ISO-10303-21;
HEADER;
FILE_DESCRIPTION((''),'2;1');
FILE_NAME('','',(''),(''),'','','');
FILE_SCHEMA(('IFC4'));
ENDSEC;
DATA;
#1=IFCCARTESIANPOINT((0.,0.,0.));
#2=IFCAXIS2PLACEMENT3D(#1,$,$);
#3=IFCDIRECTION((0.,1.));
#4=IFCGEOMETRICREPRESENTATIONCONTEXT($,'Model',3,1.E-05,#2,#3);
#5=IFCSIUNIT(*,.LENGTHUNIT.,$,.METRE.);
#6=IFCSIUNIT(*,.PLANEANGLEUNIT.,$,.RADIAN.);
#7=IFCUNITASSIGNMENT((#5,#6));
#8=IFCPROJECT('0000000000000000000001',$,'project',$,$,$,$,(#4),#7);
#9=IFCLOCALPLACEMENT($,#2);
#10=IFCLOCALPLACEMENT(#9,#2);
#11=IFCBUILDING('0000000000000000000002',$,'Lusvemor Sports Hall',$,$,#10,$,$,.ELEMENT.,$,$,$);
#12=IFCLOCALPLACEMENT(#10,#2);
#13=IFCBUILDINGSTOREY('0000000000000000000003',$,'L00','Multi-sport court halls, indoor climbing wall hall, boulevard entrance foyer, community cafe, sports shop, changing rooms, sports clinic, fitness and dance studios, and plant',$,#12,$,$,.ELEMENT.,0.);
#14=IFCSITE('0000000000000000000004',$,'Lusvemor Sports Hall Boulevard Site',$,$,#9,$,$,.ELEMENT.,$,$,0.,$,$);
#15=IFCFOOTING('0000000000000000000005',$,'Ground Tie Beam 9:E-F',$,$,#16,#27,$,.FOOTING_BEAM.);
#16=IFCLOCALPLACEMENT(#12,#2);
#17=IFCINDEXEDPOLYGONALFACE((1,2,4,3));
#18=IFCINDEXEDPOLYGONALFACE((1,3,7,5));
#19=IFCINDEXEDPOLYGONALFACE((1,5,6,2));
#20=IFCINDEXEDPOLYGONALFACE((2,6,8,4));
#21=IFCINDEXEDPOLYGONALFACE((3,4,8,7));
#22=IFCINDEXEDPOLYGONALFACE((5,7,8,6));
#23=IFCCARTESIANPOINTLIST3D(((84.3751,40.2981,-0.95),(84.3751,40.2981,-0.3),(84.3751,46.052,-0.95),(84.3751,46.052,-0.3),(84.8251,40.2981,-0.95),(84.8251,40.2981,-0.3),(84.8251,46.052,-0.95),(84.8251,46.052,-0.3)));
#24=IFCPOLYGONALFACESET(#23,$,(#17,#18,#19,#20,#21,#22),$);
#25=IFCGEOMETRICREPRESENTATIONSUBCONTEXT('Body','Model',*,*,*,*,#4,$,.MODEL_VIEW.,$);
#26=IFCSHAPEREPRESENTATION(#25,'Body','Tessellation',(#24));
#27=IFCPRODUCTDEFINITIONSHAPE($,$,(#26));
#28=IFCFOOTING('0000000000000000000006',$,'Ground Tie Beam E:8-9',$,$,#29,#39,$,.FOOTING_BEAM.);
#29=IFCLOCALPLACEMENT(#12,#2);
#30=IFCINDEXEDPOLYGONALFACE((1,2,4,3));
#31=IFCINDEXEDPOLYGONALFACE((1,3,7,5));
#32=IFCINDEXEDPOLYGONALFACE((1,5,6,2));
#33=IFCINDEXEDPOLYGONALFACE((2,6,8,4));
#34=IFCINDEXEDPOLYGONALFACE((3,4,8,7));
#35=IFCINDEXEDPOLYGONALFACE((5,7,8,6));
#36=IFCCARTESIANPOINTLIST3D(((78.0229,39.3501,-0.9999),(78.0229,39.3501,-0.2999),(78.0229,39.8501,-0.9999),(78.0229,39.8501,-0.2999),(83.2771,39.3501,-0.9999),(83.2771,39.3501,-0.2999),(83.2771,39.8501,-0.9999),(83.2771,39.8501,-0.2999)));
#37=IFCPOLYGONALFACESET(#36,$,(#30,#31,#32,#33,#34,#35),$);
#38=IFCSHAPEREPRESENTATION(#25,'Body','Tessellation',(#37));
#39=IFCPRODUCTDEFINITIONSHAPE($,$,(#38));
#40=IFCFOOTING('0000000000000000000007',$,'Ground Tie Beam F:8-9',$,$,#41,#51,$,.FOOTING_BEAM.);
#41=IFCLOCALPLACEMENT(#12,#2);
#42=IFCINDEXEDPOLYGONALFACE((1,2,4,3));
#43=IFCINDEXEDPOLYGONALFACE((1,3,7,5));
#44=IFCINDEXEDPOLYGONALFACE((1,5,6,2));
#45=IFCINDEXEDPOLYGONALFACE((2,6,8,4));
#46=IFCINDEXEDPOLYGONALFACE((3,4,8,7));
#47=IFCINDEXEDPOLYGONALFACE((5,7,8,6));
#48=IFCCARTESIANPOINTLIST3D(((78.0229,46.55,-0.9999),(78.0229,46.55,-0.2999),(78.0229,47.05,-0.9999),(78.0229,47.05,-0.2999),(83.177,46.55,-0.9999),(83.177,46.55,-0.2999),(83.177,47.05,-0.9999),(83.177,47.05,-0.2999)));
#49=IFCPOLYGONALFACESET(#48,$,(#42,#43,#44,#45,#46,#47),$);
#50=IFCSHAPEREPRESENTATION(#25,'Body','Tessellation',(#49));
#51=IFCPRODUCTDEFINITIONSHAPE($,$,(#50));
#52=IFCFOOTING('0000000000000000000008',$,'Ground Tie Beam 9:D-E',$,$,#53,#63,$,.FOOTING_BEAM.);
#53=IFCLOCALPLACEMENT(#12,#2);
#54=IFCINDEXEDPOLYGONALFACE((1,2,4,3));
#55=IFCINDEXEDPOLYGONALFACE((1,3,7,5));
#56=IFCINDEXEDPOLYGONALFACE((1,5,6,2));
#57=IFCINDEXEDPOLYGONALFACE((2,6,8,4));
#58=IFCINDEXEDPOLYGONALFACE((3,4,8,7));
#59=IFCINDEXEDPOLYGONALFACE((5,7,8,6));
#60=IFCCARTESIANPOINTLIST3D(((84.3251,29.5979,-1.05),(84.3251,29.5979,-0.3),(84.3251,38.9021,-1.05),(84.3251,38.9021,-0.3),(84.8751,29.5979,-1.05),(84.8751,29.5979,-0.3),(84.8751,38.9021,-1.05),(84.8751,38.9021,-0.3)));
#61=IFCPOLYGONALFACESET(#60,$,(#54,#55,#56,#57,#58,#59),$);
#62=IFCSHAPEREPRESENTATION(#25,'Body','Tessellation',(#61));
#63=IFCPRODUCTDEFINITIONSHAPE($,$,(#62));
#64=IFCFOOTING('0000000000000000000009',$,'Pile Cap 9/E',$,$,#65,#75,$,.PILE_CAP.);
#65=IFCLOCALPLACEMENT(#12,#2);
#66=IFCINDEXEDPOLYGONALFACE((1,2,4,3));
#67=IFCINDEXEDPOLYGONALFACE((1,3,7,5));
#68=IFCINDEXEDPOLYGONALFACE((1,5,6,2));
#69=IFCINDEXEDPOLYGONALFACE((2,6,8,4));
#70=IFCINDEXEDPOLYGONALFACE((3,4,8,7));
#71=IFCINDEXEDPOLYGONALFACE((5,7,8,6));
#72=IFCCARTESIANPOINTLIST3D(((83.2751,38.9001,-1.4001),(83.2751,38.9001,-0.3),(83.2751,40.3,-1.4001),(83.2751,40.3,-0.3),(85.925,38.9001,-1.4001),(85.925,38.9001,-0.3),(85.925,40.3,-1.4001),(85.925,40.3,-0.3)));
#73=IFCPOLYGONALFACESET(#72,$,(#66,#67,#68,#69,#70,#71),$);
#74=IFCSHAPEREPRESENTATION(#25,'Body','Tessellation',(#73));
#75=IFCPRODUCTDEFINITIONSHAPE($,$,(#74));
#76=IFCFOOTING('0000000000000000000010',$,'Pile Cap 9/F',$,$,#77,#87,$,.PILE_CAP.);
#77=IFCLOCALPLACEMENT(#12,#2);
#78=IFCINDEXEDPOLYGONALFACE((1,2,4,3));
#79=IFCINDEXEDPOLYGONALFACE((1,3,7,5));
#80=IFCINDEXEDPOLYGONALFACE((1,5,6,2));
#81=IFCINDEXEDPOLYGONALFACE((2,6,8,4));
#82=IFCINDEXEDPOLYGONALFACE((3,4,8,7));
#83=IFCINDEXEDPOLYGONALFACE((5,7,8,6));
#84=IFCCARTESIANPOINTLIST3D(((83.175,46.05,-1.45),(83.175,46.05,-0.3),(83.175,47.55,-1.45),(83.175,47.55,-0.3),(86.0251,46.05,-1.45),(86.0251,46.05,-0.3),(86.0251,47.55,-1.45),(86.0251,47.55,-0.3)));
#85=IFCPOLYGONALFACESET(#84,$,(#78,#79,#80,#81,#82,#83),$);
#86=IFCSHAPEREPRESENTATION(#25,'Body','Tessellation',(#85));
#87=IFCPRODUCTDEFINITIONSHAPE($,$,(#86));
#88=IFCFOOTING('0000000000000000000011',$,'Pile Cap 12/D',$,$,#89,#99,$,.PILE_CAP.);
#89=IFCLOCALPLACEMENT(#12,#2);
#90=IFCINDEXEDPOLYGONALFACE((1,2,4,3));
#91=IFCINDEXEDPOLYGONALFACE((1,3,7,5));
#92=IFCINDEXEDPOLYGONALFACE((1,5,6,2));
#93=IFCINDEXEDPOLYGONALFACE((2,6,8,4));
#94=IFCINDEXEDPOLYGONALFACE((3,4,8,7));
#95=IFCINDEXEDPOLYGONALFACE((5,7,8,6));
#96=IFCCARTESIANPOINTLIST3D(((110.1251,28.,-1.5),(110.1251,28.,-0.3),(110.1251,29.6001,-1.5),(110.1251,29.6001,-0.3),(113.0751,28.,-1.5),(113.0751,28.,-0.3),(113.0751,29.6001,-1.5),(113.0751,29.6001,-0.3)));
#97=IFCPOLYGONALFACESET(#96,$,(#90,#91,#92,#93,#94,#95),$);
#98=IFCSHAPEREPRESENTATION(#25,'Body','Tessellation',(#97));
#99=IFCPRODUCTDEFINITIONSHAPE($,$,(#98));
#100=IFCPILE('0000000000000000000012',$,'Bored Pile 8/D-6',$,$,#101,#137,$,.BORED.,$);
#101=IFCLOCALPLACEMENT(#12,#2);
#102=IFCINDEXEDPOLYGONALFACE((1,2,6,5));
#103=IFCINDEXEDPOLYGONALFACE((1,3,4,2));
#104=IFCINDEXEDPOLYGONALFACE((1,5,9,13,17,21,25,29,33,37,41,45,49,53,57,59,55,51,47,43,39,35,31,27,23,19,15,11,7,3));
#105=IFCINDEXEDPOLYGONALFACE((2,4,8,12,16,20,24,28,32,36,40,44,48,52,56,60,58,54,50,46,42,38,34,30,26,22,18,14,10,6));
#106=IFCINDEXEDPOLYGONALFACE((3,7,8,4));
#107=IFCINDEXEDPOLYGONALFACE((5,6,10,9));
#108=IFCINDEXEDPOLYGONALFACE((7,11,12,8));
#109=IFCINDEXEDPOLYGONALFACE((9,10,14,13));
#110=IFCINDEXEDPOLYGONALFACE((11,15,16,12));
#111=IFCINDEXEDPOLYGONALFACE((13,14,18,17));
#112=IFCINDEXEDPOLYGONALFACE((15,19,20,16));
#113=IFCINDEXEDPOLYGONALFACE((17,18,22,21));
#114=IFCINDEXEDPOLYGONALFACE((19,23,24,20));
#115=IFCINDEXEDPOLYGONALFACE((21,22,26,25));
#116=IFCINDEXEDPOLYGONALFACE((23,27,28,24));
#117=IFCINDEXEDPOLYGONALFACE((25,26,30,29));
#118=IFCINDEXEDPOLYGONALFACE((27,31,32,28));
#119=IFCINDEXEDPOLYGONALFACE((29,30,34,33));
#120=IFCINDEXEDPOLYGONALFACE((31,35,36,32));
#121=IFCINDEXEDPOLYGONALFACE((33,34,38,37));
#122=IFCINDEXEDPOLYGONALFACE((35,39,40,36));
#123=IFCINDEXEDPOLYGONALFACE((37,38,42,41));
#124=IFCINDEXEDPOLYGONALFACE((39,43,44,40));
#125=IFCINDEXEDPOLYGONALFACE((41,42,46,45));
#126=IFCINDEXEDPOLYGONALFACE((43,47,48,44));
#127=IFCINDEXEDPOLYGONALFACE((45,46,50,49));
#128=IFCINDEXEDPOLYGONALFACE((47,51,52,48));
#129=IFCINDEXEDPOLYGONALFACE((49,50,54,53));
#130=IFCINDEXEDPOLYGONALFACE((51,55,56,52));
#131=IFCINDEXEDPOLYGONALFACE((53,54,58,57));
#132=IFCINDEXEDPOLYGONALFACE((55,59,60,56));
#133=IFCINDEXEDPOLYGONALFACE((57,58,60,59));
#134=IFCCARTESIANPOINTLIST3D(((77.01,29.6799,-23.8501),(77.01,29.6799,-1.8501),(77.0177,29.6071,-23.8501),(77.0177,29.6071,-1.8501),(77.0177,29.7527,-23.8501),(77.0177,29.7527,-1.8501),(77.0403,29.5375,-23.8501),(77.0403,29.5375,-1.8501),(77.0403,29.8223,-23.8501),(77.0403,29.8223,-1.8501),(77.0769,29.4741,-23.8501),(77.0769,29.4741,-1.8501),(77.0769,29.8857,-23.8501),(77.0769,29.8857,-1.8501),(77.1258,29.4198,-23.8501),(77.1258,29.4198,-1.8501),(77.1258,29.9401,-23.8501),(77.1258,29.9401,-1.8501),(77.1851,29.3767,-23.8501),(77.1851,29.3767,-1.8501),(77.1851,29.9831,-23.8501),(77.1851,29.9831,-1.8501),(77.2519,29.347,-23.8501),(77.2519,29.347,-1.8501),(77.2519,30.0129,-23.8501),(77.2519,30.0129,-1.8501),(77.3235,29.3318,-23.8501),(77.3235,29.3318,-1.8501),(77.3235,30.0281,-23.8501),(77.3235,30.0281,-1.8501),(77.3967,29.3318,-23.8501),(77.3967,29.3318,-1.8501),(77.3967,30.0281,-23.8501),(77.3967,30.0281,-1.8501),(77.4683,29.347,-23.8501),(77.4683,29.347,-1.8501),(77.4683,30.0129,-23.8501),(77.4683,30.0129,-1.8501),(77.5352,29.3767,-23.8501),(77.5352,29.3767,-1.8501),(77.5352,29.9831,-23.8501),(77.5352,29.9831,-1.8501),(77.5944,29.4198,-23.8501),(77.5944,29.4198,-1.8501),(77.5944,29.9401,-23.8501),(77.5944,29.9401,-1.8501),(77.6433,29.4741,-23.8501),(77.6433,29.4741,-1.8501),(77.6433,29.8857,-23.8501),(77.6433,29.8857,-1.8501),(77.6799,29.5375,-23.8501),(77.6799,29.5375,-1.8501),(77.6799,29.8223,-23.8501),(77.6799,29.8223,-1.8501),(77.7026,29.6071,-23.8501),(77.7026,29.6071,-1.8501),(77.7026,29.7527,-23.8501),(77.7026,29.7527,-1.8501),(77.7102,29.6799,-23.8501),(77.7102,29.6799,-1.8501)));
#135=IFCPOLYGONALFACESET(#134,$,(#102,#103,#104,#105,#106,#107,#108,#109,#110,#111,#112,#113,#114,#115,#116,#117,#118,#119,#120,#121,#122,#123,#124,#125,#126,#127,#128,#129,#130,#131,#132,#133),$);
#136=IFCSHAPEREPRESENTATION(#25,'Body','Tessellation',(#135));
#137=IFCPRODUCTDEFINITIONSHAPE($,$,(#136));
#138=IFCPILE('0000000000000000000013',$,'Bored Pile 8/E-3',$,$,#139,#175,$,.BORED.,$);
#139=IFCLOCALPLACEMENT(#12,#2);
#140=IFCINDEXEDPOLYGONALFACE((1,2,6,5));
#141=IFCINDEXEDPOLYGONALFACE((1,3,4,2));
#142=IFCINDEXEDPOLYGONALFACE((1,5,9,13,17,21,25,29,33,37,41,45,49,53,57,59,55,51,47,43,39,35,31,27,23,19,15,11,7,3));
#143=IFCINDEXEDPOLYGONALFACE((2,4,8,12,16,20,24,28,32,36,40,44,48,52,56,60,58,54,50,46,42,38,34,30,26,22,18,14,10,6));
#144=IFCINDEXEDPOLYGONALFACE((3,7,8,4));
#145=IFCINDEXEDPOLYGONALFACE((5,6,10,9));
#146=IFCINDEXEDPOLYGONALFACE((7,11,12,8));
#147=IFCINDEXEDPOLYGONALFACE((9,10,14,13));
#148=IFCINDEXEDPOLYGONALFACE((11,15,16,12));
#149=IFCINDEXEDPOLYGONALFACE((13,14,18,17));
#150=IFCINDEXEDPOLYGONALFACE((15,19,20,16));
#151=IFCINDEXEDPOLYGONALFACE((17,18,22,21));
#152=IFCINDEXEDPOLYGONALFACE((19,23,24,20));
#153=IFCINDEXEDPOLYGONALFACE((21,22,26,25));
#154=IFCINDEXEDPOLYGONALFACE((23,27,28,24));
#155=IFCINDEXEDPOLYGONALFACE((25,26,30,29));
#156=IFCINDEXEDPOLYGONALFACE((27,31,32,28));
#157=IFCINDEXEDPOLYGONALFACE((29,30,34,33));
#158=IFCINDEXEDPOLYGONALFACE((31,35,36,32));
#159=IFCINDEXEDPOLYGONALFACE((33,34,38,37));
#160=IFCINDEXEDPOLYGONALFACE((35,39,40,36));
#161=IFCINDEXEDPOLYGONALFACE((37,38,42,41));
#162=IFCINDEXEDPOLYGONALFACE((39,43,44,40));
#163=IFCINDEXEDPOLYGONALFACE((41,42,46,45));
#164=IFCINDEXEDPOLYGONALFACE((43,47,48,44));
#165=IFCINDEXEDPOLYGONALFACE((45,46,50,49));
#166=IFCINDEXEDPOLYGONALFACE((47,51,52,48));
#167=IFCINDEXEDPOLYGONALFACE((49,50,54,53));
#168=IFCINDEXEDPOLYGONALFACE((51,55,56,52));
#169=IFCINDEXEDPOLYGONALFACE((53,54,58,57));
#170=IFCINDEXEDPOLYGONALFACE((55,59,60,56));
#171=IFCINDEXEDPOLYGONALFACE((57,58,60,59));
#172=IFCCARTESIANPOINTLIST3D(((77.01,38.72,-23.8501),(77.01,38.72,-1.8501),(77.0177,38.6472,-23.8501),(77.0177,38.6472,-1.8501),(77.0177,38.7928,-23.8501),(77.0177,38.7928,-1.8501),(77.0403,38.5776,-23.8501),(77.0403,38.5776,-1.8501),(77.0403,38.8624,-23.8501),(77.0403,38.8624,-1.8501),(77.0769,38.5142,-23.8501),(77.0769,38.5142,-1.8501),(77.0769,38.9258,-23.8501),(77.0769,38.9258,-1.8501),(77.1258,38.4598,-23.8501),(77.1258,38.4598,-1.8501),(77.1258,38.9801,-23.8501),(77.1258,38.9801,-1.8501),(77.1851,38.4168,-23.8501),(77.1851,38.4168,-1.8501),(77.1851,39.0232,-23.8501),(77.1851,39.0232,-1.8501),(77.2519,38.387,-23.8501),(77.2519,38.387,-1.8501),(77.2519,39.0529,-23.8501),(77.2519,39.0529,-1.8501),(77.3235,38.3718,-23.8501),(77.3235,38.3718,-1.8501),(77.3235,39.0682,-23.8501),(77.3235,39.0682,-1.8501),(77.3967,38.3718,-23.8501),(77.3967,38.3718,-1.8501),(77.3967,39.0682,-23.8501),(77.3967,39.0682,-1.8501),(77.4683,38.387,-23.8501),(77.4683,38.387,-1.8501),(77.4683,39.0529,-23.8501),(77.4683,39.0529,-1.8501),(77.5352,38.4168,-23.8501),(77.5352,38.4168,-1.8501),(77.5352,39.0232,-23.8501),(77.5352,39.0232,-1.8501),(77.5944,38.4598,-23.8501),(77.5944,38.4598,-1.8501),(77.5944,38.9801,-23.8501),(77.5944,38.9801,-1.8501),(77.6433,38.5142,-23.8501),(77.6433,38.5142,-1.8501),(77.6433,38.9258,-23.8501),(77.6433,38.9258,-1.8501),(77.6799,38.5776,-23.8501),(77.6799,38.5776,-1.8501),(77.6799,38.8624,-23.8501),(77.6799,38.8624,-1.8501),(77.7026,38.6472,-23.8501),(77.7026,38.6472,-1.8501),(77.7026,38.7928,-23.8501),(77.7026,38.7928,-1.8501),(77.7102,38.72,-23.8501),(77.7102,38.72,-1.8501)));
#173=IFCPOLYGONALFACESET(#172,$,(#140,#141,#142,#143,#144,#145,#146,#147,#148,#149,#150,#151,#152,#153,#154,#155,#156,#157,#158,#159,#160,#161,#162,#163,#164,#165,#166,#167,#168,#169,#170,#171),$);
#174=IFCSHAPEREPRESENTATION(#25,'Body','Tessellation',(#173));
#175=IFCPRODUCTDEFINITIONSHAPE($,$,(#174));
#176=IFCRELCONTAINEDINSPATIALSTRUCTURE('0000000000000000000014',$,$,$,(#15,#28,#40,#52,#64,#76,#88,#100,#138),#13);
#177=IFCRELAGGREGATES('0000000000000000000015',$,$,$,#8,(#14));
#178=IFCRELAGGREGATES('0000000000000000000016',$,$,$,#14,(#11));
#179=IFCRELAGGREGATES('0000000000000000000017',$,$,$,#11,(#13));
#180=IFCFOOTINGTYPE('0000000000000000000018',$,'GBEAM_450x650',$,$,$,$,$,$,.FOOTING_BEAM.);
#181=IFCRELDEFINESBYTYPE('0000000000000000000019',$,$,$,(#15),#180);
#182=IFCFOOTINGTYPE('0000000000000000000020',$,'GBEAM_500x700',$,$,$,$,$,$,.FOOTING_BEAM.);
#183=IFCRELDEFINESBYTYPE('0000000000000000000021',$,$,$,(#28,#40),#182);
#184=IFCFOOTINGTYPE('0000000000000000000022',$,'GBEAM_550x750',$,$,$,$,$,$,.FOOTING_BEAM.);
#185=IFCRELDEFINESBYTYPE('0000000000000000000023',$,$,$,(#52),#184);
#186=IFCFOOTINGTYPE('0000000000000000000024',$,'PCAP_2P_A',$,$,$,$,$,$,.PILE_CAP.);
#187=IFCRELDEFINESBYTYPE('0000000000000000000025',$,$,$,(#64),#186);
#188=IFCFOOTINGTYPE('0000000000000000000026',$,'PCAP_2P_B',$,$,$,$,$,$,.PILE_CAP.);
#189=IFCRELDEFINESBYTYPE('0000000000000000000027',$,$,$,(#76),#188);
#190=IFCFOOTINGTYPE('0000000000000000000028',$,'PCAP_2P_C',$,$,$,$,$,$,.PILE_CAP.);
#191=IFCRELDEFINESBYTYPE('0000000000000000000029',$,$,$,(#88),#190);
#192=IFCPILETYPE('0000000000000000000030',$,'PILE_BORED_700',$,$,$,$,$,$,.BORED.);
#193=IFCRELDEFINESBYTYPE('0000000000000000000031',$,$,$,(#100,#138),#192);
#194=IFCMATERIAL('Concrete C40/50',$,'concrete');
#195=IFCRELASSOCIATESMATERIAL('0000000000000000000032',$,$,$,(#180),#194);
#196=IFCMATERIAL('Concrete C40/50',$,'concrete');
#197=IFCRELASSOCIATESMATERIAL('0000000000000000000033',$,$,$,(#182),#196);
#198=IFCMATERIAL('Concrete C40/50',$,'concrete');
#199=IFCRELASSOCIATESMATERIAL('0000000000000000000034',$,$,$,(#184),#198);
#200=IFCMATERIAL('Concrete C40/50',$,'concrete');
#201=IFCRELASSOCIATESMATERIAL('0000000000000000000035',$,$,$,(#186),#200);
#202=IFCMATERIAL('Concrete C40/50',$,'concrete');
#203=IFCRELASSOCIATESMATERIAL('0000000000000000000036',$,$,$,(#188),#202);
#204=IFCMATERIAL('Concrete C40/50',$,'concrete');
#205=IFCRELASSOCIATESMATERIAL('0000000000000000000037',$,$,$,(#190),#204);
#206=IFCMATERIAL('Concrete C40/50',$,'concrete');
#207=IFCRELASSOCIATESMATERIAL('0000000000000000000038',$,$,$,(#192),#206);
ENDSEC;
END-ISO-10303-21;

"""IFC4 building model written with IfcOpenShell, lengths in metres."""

from ifc_helpers import new_model, si_unit, direction, frame, origin, origin_2d, place, context, subcontext, project, spatial, rectangle, circle, extrude, material, material_profile, profile_set, type_object, element, save


model = new_model("IFC4")

# Units and contexts
model_context = context("Model", 3, precision=1e-05, world=origin(), true_north=direction((0.0, 1.0)))
body_context = subcontext(model_context, "Body", "Model", "MODEL_VIEW")
ifc_project = project(units=[si_unit("LENGTHUNIT", "METRE"), si_unit("PLANEANGLEUNIT", "RADIAN")], contexts=[model_context])

# Site, building, storey
site_placement = place(None, origin())
site = spatial("IfcSite", under=ifc_project, at=site_placement, Name="Lusvemor Sports Hall Boulevard Site", CompositionType="ELEMENT", RefElevation=0.0)
building_placement = place(site_placement, origin())
building = spatial("IfcBuilding", under=site, at=building_placement, Name="Lusvemor Sports Hall", CompositionType="ELEMENT")
storey_placement = place(building_placement, origin())
storey = spatial("IfcBuildingStorey", under=building, at=storey_placement, Name="L00", Description="Multi-sport court halls, indoor climbing wall hall, boulevard entrance foyer, community cafe, sports shop, changing rooms, sports clinic, fitness and dance studios, and plant", CompositionType="ELEMENT", Elevation=0.0)

# Footings
ifc_material_1 = material(Name="Concrete C40/50", Category="concrete")
ifc_material_profile_1 = material_profile(ifc_material_1, rectangle(XDim=0.45, YDim=0.6499, at=origin_2d()), Name="GB_450x650")
ifc_profile_set_1 = profile_set([ifc_material_profile_1], Name="Concrete C40/50")
footing_type_1 = type_object("IfcFootingType", Name="GBEAM_450x650", PredefinedType="FOOTING_BEAM", material=ifc_profile_set_1)
footing_1_placement = place(storey_placement, frame((84.6001, 40.2981, -0.625), z_axis=(0.0, 1.0, 0.0), x_axis=(-1.0, 0.0, 0.0)))
element("IfcFooting", 1, at=footing_1_placement, inside=storey, type_object=footing_type_1, Name="Ground Tie Beam 9:E-F", PredefinedType="FOOTING_BEAM", context=body_context, shape_type="SweptSolid", body=[
    extrude(rectangle(XDim=0.45, YDim=0.6499, at=origin_2d()), origin(), (0.0, 0.0, 1.0), 5.7539),
])
ifc_material_2 = material(Name="Concrete C40/50", Category="concrete")
ifc_material_profile_2 = material_profile(ifc_material_2, rectangle(XDim=0.5, YDim=0.7, at=origin_2d()), Name="GB_500x700")
ifc_profile_set_2 = profile_set([ifc_material_profile_2], Name="Concrete C40/50")
footing_type_2 = type_object("IfcFootingType", Name="GBEAM_500x700", PredefinedType="FOOTING_BEAM", material=ifc_profile_set_2)
footing_2_placement = place(storey_placement, frame((78.0229, 39.6001, -0.6499), z_axis=(1.0, 0.0, 0.0), x_axis=(0.0, 1.0, 0.0)))
element("IfcFooting", 2, at=footing_2_placement, inside=storey, type_object=footing_type_2, Name="Ground Tie Beam E:8-9", PredefinedType="FOOTING_BEAM", context=body_context, shape_type="SweptSolid", body=[
    extrude(rectangle(XDim=0.5, YDim=0.7, at=origin_2d()), origin(), (0.0, 0.0, 1.0), 5.2542),
])
footing_3_placement = place(storey_placement, frame((78.0229, 46.8, -0.6499), z_axis=(1.0, 0.0, 0.0), x_axis=(0.0, 1.0, 0.0)))
element("IfcFooting", 3, at=footing_3_placement, inside=storey, type_object=footing_type_2, Name="Ground Tie Beam F:8-9", PredefinedType="FOOTING_BEAM", context=body_context, shape_type="SweptSolid", body=[
    extrude(rectangle(XDim=0.5, YDim=0.7, at=origin_2d()), origin(), (0.0, 0.0, 1.0), 5.1541),
])
ifc_material_3 = material(Name="Concrete C40/50", Category="concrete")
ifc_material_profile_3 = material_profile(ifc_material_3, rectangle(XDim=0.55, YDim=0.75, at=origin_2d()), Name="GB_550x750")
ifc_profile_set_3 = profile_set([ifc_material_profile_3], Name="Concrete C40/50")
footing_type_3 = type_object("IfcFootingType", Name="GBEAM_550x750", PredefinedType="FOOTING_BEAM", material=ifc_profile_set_3)
footing_4_placement = place(storey_placement, frame((84.6001, 29.5979, -0.675), z_axis=(0.0, 1.0, 0.0), x_axis=(-1.0, 0.0, 0.0)))
element("IfcFooting", 4, at=footing_4_placement, inside=storey, type_object=footing_type_3, Name="Ground Tie Beam 9:D-E", PredefinedType="FOOTING_BEAM", context=body_context, shape_type="SweptSolid", body=[
    extrude(rectangle(XDim=0.55, YDim=0.75, at=origin_2d()), origin(), (0.0, 0.0, 1.0), 9.3042),
])
ifc_material_4 = material(Name="Concrete C40/50", Category="concrete")
footing_type_4 = type_object("IfcFootingType", Name="PCAP_2P_A", PredefinedType="PILE_CAP", material=ifc_material_4)
footing_5_placement = place(storey_placement, frame((84.6001, 39.6001, -1.4001), z_axis=(0.0, 0.0, 1.0), x_axis=(1.0, 0.0, 0.0)))
element("IfcFooting", 5, at=footing_5_placement, inside=storey, type_object=footing_type_4, Name="Pile Cap 9/E", PredefinedType="PILE_CAP", context=body_context, shape_type="SweptSolid", body=[
    extrude(rectangle(XDim=2.6499, YDim=1.3999, at=origin_2d()), origin(), (0.0, 0.0, 1.0), 1.1001),
])
ifc_material_5 = material(Name="Concrete C40/50", Category="concrete")
footing_type_5 = type_object("IfcFootingType", Name="PCAP_2P_B", PredefinedType="PILE_CAP", material=ifc_material_5)
footing_6_placement = place(storey_placement, frame((84.6001, 46.8, -1.45), z_axis=(0.0, 0.0, 1.0), x_axis=(1.0, 0.0, 0.0)))
element("IfcFooting", 6, at=footing_6_placement, inside=storey, type_object=footing_type_5, Name="Pile Cap 9/F", PredefinedType="PILE_CAP", context=body_context, shape_type="SweptSolid", body=[
    extrude(rectangle(XDim=2.8501, YDim=1.5, at=origin_2d()), origin(), (0.0, 0.0, 1.0), 1.1499),
])
ifc_material_6 = material(Name="Concrete C40/50", Category="concrete")
footing_type_6 = type_object("IfcFootingType", Name="PCAP_2P_C", PredefinedType="PILE_CAP", material=ifc_material_6)
footing_7_placement = place(storey_placement, frame((111.6001, 28.8, -1.5), z_axis=(0.0, 0.0, 1.0), x_axis=(1.0, 0.0, 0.0)))
element("IfcFooting", 7, at=footing_7_placement, inside=storey, type_object=footing_type_6, Name="Pile Cap 12/D", PredefinedType="PILE_CAP", context=body_context, shape_type="SweptSolid", body=[
    extrude(rectangle(XDim=2.95, YDim=1.6001, at=origin_2d()), origin(), (0.0, 0.0, 1.0), 1.2),
])

# Piles
ifc_material_7 = material(Name="Concrete C40/50", Category="concrete")
ifc_material_profile_4 = material_profile(ifc_material_7, circle(Radius=0.3501, at=origin_2d()), Name="PILE700")
ifc_profile_set_4 = profile_set([ifc_material_profile_4], Name="Concrete C40/50")
pile_type = type_object("IfcPileType", Name="PILE_BORED_700", PredefinedType="BORED", material=ifc_profile_set_4)
for number, where, z_axis, x_axis, name in (
    (8, (77.3601, 29.6799, -1.8501), (0.0, 0.0, -1.0), (1.0, 0.0, 0.0), "Bored Pile 8/D-6"),
    (9, (77.3601, 38.72, -1.8501), (0.0, 0.0, -1.0), (1.0, 0.0, 0.0), "Bored Pile 8/E-3"),
):
    element("IfcPile", number, at=place(storey_placement, frame(where, z_axis=z_axis, x_axis=x_axis)), inside=storey, type_object=pile_type, Name=name, PredefinedType="BORED", context=body_context, shape_type="SweptSolid", body=[
        extrude(circle(Radius=0.3501, at=origin_2d()), origin(), (0.0, 0.0, 1.0), 22.0),
    ])

save(model, "model.ifc")
